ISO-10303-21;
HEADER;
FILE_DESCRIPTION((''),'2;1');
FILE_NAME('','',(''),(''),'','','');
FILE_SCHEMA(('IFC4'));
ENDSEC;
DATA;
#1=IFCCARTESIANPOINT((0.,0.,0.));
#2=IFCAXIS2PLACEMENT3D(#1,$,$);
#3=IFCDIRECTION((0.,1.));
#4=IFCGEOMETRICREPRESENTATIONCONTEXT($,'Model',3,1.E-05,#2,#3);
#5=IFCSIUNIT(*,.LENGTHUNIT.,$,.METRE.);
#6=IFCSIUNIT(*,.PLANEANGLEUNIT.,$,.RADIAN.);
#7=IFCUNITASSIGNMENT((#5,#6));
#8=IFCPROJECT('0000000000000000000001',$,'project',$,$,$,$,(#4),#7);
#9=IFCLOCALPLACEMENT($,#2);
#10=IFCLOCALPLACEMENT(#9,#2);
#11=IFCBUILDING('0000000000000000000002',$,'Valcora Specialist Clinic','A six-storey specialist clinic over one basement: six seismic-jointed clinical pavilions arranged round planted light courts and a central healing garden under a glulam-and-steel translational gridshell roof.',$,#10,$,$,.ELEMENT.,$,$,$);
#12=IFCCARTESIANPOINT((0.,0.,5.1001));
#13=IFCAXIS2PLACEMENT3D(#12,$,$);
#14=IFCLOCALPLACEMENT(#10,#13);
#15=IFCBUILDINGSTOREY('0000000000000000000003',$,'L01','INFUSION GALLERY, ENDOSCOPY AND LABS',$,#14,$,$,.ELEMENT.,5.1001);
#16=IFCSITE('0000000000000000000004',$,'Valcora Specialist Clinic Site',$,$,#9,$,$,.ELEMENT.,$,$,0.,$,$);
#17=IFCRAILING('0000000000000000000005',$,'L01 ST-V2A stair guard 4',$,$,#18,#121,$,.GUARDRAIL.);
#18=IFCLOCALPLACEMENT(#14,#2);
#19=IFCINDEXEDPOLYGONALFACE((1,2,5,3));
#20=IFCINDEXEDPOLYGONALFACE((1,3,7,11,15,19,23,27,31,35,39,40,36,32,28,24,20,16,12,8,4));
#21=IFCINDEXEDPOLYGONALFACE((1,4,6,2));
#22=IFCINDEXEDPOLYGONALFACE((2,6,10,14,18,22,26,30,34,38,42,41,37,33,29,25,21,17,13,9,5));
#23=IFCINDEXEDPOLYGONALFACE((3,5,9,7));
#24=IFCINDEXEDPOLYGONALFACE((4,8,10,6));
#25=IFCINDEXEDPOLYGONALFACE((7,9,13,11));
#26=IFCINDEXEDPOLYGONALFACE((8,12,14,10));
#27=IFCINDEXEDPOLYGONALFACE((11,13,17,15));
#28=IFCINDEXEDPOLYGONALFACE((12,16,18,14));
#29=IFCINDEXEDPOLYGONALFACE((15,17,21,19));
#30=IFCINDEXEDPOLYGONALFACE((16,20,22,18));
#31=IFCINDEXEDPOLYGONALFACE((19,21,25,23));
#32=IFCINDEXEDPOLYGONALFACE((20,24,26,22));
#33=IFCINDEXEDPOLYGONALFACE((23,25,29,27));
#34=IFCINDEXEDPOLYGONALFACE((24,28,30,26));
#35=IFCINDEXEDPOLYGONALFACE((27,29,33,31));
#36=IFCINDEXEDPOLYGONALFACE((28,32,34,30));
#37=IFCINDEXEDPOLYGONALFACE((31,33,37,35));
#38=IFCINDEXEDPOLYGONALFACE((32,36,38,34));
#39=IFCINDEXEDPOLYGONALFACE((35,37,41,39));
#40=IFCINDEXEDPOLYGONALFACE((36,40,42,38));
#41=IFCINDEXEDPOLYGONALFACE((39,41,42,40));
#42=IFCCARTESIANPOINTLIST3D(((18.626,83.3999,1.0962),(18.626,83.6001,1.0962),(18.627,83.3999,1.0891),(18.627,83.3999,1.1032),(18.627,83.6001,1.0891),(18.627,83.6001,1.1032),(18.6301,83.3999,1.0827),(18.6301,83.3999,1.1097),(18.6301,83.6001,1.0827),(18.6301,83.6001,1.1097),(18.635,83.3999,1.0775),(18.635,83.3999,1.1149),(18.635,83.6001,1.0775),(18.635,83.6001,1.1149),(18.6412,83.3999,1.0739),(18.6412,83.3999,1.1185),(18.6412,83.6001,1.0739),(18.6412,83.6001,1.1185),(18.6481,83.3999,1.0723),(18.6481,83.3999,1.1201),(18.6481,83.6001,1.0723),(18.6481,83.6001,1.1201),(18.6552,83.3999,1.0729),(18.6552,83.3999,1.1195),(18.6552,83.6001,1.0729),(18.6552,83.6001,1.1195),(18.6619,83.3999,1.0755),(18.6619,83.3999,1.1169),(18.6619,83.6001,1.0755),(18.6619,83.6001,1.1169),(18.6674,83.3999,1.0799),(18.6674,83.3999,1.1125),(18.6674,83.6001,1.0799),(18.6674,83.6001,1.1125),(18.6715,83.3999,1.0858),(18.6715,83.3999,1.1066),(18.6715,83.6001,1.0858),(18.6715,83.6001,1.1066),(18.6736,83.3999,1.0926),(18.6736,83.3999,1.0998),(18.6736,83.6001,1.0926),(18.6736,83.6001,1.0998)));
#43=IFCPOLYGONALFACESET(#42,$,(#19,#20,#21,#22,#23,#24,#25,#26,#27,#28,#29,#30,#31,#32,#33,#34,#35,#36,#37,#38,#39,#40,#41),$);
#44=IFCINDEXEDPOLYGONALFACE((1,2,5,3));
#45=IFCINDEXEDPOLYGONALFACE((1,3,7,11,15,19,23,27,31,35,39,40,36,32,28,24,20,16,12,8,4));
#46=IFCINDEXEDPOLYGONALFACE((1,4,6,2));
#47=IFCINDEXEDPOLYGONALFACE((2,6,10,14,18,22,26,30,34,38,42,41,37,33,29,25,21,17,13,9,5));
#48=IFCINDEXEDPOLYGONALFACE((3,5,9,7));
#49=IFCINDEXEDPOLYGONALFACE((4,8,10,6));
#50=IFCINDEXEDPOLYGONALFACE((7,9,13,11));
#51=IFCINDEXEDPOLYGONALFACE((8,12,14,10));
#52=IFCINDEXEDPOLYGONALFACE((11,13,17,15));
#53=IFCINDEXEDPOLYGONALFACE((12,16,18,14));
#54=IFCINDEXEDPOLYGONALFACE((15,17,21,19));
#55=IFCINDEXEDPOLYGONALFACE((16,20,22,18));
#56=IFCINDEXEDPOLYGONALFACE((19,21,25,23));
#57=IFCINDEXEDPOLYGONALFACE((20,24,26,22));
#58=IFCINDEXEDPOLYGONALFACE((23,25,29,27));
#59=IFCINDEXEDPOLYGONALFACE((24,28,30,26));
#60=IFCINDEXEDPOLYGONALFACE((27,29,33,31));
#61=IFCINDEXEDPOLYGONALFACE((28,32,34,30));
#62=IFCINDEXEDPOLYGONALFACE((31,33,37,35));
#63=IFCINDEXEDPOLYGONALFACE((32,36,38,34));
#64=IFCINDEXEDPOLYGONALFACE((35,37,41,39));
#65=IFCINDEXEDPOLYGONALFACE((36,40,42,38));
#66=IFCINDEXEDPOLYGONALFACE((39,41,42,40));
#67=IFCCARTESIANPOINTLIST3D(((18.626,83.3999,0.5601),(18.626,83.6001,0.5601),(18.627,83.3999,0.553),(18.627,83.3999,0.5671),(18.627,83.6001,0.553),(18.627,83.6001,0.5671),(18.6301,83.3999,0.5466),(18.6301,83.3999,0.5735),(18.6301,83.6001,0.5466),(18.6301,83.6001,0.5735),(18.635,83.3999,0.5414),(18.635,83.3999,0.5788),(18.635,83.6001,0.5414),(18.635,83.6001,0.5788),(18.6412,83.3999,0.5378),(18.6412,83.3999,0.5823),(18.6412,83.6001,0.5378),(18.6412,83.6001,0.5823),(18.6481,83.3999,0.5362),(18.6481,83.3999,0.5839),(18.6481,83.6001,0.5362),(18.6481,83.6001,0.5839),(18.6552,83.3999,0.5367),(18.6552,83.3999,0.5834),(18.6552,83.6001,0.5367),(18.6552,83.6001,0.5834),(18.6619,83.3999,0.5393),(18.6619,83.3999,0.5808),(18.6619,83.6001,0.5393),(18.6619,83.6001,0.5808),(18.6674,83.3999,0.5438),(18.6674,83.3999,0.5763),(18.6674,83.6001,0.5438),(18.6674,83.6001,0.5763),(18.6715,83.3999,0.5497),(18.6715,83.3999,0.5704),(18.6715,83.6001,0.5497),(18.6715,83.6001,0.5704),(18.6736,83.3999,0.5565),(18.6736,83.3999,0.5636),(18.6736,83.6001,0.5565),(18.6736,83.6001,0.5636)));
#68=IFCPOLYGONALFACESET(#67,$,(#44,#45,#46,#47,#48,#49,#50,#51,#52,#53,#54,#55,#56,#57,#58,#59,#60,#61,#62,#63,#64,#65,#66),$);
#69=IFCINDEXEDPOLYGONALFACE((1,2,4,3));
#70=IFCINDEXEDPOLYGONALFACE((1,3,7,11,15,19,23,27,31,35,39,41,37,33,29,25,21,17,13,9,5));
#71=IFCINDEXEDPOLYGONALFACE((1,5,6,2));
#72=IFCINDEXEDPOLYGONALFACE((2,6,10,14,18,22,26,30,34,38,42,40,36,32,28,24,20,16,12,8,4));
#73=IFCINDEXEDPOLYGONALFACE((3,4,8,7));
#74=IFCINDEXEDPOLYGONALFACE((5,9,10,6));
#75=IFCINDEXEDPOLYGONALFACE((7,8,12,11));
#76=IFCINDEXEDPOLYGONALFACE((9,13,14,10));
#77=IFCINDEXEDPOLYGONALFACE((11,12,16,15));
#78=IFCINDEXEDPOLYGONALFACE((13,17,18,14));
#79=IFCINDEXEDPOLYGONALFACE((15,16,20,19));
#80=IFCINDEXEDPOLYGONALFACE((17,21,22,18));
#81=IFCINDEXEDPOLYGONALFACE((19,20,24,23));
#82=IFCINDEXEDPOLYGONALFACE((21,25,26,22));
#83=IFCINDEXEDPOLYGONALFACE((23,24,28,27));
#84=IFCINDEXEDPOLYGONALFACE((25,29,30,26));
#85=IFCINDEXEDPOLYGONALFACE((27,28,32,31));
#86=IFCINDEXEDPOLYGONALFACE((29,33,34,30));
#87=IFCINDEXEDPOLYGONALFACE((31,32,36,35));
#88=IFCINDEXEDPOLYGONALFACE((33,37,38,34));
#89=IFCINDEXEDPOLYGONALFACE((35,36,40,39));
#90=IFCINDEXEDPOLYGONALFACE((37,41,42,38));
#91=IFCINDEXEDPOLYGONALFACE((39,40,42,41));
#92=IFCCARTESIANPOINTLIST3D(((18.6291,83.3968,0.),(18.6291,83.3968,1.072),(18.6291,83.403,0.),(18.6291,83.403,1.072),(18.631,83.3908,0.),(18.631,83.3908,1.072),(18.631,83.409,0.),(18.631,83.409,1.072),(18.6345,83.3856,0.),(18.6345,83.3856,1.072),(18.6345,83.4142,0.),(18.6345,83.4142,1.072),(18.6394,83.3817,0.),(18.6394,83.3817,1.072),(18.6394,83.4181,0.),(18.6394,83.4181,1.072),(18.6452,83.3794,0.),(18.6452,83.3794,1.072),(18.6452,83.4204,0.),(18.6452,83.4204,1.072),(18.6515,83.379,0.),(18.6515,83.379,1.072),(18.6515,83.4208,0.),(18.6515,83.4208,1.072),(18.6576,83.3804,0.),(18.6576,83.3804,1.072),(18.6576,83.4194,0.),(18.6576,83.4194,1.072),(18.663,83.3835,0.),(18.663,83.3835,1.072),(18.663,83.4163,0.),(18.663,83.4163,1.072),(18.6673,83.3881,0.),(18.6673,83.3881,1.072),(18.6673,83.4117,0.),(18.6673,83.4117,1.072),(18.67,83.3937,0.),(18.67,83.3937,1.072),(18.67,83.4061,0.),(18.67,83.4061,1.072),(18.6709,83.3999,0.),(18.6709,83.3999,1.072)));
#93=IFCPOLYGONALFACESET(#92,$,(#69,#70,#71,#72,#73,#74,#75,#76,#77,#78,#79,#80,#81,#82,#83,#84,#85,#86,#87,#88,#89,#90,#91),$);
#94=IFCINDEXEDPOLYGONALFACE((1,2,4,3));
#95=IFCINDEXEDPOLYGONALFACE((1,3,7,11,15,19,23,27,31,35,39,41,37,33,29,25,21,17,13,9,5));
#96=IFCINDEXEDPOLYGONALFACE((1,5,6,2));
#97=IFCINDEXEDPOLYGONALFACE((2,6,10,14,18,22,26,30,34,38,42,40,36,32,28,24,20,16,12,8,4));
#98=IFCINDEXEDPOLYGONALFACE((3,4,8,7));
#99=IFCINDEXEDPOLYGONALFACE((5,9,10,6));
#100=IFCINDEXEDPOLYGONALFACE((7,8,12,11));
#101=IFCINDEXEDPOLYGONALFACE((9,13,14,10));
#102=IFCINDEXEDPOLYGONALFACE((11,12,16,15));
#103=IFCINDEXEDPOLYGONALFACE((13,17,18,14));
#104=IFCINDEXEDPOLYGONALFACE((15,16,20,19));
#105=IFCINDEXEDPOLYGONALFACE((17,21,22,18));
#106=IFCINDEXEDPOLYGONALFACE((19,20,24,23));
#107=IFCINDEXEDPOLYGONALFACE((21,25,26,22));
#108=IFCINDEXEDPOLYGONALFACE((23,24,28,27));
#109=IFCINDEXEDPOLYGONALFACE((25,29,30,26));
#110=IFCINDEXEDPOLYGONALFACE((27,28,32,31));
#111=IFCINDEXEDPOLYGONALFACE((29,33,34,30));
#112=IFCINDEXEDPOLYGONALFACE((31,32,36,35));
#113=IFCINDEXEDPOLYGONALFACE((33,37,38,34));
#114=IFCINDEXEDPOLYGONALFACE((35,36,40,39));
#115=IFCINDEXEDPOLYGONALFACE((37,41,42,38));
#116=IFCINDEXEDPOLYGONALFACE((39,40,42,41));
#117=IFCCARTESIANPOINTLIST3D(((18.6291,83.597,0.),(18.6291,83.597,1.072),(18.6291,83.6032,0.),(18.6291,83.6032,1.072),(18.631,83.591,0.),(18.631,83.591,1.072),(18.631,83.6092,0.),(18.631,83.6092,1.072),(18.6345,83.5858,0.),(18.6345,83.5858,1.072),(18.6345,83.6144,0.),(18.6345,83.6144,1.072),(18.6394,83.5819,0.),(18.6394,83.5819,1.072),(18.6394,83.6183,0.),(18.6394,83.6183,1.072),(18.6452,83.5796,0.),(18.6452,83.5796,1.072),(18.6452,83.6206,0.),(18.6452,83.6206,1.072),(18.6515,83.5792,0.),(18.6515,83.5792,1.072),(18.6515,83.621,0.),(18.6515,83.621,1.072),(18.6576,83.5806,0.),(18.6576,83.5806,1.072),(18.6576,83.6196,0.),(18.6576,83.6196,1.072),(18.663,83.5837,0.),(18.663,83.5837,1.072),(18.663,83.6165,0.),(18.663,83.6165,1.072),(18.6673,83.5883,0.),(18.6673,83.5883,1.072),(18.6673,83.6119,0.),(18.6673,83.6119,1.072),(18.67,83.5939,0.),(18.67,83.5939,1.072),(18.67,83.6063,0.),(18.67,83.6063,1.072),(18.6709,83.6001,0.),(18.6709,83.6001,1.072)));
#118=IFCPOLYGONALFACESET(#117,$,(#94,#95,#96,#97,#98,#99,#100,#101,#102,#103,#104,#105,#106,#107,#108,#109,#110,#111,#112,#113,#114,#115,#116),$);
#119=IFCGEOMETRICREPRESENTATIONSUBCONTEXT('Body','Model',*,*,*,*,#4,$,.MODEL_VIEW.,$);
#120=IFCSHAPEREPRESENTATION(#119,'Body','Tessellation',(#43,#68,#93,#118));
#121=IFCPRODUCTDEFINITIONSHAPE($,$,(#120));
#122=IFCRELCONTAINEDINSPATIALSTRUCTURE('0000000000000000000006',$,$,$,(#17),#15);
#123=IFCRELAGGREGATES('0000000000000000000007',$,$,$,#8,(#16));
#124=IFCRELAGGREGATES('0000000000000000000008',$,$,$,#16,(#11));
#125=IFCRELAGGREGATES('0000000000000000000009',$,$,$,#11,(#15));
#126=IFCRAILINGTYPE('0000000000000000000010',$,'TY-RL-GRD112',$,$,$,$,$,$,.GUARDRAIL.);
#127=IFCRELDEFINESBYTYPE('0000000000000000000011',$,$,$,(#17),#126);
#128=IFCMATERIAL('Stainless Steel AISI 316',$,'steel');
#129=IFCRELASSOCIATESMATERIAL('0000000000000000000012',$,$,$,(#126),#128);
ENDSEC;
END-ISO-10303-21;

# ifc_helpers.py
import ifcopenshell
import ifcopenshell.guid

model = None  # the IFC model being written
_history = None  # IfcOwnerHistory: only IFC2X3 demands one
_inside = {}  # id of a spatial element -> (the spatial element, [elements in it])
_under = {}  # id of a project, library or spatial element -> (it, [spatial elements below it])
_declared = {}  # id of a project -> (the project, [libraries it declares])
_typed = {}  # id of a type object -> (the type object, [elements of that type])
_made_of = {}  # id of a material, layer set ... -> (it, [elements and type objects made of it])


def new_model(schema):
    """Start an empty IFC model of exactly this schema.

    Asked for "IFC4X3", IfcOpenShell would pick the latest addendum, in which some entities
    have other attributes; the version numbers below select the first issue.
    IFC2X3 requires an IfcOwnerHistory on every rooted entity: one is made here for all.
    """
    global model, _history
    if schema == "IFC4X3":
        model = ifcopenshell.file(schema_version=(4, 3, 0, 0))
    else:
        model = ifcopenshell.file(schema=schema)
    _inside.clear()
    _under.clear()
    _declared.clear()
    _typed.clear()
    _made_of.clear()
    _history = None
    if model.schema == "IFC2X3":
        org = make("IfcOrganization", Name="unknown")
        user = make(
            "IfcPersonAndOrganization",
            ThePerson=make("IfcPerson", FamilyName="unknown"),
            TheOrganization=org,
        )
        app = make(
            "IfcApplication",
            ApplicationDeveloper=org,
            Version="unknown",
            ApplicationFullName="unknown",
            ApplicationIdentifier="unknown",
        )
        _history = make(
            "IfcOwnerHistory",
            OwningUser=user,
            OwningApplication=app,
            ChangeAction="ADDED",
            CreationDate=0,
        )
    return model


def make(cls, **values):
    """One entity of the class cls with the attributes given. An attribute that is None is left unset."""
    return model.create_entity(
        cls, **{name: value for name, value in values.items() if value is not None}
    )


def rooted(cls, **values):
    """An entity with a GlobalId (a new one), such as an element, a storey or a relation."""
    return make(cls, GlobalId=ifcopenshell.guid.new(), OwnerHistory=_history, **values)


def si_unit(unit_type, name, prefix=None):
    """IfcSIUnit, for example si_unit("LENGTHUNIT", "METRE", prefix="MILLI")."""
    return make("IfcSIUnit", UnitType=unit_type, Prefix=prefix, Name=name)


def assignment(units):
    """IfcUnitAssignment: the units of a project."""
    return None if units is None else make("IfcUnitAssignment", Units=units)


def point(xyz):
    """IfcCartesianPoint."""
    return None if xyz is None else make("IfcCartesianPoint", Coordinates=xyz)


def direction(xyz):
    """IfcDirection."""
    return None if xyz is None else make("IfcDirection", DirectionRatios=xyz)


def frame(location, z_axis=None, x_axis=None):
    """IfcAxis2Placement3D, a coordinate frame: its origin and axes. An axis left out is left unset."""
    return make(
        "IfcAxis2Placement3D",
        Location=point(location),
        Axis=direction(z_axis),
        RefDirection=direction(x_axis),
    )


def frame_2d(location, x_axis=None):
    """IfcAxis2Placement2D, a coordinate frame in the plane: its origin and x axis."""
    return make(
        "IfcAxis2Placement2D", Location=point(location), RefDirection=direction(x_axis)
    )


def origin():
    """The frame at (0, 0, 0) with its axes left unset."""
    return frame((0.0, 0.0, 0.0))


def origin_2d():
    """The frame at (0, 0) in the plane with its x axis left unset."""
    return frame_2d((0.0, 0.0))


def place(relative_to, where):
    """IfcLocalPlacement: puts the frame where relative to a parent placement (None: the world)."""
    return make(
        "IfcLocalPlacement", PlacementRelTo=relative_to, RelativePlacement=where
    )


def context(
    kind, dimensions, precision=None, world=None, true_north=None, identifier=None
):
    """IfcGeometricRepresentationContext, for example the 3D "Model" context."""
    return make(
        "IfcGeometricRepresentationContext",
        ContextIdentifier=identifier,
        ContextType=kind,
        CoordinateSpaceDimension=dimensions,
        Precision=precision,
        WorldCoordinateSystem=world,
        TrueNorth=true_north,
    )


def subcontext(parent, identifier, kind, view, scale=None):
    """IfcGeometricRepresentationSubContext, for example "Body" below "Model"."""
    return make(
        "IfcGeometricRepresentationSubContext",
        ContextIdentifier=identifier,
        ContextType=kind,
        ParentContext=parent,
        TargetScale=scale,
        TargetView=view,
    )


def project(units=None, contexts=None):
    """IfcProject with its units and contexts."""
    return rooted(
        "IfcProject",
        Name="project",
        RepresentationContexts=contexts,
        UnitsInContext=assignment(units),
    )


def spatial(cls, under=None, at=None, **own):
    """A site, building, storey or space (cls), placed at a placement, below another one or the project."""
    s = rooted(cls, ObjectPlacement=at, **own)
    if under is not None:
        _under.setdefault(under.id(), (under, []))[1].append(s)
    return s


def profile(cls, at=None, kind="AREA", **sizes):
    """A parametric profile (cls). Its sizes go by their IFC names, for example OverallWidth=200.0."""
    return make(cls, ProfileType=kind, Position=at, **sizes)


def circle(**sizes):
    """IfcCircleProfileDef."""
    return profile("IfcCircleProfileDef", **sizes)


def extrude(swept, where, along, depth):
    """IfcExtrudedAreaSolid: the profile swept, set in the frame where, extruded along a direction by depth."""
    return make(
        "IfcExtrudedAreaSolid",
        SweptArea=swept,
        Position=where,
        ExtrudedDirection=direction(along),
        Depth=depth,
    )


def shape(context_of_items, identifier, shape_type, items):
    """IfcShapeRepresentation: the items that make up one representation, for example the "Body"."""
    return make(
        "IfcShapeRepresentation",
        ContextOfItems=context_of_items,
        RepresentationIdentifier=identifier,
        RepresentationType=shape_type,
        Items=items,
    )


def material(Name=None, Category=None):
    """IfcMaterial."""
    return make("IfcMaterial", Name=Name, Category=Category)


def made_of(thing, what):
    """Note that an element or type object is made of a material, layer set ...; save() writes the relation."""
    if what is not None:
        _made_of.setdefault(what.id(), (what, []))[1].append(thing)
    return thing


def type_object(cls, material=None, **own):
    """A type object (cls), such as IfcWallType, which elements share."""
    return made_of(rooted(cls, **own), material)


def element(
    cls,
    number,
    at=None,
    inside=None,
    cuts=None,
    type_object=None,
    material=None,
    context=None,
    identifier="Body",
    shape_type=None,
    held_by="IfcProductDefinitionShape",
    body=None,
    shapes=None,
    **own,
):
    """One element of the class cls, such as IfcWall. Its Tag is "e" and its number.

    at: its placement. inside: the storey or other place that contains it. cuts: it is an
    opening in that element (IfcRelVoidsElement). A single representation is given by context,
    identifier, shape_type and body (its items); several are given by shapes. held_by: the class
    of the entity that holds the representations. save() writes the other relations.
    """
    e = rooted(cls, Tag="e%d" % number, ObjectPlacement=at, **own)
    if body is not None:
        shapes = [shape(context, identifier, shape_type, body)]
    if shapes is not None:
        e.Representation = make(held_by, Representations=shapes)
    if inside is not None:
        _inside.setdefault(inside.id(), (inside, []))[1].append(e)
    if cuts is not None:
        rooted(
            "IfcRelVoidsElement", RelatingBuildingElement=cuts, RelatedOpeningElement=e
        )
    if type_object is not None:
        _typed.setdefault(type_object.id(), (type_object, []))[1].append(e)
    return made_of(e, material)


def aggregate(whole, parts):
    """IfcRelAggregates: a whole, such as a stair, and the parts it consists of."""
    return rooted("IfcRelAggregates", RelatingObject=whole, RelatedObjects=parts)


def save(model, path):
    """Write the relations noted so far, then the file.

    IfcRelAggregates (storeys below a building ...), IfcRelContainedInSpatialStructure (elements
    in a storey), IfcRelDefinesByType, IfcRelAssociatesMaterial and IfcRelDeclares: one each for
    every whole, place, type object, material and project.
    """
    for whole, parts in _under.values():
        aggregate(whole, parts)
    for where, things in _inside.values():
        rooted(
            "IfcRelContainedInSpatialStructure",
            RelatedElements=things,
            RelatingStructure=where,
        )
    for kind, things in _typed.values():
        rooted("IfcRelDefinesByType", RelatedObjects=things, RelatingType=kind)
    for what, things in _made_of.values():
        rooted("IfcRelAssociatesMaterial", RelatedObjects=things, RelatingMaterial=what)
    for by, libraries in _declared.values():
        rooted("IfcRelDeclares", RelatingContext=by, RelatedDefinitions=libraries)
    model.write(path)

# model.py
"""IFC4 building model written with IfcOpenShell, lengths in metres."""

from ifc_helpers import new_model, si_unit, direction, frame, origin, origin_2d, place, context, subcontext, project, spatial, circle, extrude, material, type_object, element, save


model = new_model("IFC4")

# Units and contexts
model_context = context("Model", 3, precision=1e-05, world=origin(), true_north=direction((0.0, 1.0)))
body_context = subcontext(model_context, "Body", "Model", "MODEL_VIEW")
ifc_project = project(units=[si_unit("LENGTHUNIT", "METRE"), si_unit("PLANEANGLEUNIT", "RADIAN")], contexts=[model_context])

# Site, building, storey
site_placement = place(None, origin())
site = spatial("IfcSite", under=ifc_project, at=site_placement, Name="Valcora Specialist Clinic Site", CompositionType="ELEMENT", RefElevation=0.0)
building_placement = place(site_placement, origin())
building = spatial("IfcBuilding", under=site, at=building_placement, Name="Valcora Specialist Clinic", Description="A six-storey specialist clinic over one basement: six seismic-jointed clinical pavilions arranged round planted light courts and a central healing garden under a glulam-and-steel translational gridshell roof.", CompositionType="ELEMENT")
storey_placement = place(building_placement, frame((0.0, 0.0, 5.1001)))
storey = spatial("IfcBuildingStorey", under=building, at=storey_placement, Name="L01", Description="INFUSION GALLERY, ENDOSCOPY AND LABS", CompositionType="ELEMENT", Elevation=5.1001)

# Railing
ifc_material_1 = material(Name="Stainless Steel AISI 316", Category="steel")
railing_type_1 = type_object("IfcRailingType", Name="TY-RL-GRD112", PredefinedType="GUARDRAIL", material=ifc_material_1)
railing_1_placement = place(storey_placement, frame((18.6499, 83.3999, 0.0)))
element("IfcRailing", 1, at=railing_1_placement, inside=storey, type_object=railing_type_1, Name="L01 ST-V2A stair guard 4", PredefinedType="GUARDRAIL", context=body_context, shape_type="SweptSolid", body=[
    extrude(circle(Radius=0.0239, at=origin_2d()), frame((0.0, 0.0, 1.0962), z_axis=(0.0, 1.0, 0.0), x_axis=(-1.0, 0.0, 0.0)), (0.0, 0.0, 1.0), 0.2002),
    extrude(circle(Radius=0.0239, at=origin_2d()), frame((0.0, 0.0, 0.5601), z_axis=(0.0, 1.0, 0.0), x_axis=(-1.0, 0.0, 0.0)), (0.0, 0.0, 1.0), 0.2002),
    extrude(circle(Radius=0.021, at=origin_2d()), origin(), (0.0, 0.0, 1.0), 1.072),
    extrude(circle(Radius=0.021, at=origin_2d()), frame((0.0, 0.2002, 0.0)), (0.0, 0.0, 1.0), 1.072),
])

save(model, "model.ifc")
